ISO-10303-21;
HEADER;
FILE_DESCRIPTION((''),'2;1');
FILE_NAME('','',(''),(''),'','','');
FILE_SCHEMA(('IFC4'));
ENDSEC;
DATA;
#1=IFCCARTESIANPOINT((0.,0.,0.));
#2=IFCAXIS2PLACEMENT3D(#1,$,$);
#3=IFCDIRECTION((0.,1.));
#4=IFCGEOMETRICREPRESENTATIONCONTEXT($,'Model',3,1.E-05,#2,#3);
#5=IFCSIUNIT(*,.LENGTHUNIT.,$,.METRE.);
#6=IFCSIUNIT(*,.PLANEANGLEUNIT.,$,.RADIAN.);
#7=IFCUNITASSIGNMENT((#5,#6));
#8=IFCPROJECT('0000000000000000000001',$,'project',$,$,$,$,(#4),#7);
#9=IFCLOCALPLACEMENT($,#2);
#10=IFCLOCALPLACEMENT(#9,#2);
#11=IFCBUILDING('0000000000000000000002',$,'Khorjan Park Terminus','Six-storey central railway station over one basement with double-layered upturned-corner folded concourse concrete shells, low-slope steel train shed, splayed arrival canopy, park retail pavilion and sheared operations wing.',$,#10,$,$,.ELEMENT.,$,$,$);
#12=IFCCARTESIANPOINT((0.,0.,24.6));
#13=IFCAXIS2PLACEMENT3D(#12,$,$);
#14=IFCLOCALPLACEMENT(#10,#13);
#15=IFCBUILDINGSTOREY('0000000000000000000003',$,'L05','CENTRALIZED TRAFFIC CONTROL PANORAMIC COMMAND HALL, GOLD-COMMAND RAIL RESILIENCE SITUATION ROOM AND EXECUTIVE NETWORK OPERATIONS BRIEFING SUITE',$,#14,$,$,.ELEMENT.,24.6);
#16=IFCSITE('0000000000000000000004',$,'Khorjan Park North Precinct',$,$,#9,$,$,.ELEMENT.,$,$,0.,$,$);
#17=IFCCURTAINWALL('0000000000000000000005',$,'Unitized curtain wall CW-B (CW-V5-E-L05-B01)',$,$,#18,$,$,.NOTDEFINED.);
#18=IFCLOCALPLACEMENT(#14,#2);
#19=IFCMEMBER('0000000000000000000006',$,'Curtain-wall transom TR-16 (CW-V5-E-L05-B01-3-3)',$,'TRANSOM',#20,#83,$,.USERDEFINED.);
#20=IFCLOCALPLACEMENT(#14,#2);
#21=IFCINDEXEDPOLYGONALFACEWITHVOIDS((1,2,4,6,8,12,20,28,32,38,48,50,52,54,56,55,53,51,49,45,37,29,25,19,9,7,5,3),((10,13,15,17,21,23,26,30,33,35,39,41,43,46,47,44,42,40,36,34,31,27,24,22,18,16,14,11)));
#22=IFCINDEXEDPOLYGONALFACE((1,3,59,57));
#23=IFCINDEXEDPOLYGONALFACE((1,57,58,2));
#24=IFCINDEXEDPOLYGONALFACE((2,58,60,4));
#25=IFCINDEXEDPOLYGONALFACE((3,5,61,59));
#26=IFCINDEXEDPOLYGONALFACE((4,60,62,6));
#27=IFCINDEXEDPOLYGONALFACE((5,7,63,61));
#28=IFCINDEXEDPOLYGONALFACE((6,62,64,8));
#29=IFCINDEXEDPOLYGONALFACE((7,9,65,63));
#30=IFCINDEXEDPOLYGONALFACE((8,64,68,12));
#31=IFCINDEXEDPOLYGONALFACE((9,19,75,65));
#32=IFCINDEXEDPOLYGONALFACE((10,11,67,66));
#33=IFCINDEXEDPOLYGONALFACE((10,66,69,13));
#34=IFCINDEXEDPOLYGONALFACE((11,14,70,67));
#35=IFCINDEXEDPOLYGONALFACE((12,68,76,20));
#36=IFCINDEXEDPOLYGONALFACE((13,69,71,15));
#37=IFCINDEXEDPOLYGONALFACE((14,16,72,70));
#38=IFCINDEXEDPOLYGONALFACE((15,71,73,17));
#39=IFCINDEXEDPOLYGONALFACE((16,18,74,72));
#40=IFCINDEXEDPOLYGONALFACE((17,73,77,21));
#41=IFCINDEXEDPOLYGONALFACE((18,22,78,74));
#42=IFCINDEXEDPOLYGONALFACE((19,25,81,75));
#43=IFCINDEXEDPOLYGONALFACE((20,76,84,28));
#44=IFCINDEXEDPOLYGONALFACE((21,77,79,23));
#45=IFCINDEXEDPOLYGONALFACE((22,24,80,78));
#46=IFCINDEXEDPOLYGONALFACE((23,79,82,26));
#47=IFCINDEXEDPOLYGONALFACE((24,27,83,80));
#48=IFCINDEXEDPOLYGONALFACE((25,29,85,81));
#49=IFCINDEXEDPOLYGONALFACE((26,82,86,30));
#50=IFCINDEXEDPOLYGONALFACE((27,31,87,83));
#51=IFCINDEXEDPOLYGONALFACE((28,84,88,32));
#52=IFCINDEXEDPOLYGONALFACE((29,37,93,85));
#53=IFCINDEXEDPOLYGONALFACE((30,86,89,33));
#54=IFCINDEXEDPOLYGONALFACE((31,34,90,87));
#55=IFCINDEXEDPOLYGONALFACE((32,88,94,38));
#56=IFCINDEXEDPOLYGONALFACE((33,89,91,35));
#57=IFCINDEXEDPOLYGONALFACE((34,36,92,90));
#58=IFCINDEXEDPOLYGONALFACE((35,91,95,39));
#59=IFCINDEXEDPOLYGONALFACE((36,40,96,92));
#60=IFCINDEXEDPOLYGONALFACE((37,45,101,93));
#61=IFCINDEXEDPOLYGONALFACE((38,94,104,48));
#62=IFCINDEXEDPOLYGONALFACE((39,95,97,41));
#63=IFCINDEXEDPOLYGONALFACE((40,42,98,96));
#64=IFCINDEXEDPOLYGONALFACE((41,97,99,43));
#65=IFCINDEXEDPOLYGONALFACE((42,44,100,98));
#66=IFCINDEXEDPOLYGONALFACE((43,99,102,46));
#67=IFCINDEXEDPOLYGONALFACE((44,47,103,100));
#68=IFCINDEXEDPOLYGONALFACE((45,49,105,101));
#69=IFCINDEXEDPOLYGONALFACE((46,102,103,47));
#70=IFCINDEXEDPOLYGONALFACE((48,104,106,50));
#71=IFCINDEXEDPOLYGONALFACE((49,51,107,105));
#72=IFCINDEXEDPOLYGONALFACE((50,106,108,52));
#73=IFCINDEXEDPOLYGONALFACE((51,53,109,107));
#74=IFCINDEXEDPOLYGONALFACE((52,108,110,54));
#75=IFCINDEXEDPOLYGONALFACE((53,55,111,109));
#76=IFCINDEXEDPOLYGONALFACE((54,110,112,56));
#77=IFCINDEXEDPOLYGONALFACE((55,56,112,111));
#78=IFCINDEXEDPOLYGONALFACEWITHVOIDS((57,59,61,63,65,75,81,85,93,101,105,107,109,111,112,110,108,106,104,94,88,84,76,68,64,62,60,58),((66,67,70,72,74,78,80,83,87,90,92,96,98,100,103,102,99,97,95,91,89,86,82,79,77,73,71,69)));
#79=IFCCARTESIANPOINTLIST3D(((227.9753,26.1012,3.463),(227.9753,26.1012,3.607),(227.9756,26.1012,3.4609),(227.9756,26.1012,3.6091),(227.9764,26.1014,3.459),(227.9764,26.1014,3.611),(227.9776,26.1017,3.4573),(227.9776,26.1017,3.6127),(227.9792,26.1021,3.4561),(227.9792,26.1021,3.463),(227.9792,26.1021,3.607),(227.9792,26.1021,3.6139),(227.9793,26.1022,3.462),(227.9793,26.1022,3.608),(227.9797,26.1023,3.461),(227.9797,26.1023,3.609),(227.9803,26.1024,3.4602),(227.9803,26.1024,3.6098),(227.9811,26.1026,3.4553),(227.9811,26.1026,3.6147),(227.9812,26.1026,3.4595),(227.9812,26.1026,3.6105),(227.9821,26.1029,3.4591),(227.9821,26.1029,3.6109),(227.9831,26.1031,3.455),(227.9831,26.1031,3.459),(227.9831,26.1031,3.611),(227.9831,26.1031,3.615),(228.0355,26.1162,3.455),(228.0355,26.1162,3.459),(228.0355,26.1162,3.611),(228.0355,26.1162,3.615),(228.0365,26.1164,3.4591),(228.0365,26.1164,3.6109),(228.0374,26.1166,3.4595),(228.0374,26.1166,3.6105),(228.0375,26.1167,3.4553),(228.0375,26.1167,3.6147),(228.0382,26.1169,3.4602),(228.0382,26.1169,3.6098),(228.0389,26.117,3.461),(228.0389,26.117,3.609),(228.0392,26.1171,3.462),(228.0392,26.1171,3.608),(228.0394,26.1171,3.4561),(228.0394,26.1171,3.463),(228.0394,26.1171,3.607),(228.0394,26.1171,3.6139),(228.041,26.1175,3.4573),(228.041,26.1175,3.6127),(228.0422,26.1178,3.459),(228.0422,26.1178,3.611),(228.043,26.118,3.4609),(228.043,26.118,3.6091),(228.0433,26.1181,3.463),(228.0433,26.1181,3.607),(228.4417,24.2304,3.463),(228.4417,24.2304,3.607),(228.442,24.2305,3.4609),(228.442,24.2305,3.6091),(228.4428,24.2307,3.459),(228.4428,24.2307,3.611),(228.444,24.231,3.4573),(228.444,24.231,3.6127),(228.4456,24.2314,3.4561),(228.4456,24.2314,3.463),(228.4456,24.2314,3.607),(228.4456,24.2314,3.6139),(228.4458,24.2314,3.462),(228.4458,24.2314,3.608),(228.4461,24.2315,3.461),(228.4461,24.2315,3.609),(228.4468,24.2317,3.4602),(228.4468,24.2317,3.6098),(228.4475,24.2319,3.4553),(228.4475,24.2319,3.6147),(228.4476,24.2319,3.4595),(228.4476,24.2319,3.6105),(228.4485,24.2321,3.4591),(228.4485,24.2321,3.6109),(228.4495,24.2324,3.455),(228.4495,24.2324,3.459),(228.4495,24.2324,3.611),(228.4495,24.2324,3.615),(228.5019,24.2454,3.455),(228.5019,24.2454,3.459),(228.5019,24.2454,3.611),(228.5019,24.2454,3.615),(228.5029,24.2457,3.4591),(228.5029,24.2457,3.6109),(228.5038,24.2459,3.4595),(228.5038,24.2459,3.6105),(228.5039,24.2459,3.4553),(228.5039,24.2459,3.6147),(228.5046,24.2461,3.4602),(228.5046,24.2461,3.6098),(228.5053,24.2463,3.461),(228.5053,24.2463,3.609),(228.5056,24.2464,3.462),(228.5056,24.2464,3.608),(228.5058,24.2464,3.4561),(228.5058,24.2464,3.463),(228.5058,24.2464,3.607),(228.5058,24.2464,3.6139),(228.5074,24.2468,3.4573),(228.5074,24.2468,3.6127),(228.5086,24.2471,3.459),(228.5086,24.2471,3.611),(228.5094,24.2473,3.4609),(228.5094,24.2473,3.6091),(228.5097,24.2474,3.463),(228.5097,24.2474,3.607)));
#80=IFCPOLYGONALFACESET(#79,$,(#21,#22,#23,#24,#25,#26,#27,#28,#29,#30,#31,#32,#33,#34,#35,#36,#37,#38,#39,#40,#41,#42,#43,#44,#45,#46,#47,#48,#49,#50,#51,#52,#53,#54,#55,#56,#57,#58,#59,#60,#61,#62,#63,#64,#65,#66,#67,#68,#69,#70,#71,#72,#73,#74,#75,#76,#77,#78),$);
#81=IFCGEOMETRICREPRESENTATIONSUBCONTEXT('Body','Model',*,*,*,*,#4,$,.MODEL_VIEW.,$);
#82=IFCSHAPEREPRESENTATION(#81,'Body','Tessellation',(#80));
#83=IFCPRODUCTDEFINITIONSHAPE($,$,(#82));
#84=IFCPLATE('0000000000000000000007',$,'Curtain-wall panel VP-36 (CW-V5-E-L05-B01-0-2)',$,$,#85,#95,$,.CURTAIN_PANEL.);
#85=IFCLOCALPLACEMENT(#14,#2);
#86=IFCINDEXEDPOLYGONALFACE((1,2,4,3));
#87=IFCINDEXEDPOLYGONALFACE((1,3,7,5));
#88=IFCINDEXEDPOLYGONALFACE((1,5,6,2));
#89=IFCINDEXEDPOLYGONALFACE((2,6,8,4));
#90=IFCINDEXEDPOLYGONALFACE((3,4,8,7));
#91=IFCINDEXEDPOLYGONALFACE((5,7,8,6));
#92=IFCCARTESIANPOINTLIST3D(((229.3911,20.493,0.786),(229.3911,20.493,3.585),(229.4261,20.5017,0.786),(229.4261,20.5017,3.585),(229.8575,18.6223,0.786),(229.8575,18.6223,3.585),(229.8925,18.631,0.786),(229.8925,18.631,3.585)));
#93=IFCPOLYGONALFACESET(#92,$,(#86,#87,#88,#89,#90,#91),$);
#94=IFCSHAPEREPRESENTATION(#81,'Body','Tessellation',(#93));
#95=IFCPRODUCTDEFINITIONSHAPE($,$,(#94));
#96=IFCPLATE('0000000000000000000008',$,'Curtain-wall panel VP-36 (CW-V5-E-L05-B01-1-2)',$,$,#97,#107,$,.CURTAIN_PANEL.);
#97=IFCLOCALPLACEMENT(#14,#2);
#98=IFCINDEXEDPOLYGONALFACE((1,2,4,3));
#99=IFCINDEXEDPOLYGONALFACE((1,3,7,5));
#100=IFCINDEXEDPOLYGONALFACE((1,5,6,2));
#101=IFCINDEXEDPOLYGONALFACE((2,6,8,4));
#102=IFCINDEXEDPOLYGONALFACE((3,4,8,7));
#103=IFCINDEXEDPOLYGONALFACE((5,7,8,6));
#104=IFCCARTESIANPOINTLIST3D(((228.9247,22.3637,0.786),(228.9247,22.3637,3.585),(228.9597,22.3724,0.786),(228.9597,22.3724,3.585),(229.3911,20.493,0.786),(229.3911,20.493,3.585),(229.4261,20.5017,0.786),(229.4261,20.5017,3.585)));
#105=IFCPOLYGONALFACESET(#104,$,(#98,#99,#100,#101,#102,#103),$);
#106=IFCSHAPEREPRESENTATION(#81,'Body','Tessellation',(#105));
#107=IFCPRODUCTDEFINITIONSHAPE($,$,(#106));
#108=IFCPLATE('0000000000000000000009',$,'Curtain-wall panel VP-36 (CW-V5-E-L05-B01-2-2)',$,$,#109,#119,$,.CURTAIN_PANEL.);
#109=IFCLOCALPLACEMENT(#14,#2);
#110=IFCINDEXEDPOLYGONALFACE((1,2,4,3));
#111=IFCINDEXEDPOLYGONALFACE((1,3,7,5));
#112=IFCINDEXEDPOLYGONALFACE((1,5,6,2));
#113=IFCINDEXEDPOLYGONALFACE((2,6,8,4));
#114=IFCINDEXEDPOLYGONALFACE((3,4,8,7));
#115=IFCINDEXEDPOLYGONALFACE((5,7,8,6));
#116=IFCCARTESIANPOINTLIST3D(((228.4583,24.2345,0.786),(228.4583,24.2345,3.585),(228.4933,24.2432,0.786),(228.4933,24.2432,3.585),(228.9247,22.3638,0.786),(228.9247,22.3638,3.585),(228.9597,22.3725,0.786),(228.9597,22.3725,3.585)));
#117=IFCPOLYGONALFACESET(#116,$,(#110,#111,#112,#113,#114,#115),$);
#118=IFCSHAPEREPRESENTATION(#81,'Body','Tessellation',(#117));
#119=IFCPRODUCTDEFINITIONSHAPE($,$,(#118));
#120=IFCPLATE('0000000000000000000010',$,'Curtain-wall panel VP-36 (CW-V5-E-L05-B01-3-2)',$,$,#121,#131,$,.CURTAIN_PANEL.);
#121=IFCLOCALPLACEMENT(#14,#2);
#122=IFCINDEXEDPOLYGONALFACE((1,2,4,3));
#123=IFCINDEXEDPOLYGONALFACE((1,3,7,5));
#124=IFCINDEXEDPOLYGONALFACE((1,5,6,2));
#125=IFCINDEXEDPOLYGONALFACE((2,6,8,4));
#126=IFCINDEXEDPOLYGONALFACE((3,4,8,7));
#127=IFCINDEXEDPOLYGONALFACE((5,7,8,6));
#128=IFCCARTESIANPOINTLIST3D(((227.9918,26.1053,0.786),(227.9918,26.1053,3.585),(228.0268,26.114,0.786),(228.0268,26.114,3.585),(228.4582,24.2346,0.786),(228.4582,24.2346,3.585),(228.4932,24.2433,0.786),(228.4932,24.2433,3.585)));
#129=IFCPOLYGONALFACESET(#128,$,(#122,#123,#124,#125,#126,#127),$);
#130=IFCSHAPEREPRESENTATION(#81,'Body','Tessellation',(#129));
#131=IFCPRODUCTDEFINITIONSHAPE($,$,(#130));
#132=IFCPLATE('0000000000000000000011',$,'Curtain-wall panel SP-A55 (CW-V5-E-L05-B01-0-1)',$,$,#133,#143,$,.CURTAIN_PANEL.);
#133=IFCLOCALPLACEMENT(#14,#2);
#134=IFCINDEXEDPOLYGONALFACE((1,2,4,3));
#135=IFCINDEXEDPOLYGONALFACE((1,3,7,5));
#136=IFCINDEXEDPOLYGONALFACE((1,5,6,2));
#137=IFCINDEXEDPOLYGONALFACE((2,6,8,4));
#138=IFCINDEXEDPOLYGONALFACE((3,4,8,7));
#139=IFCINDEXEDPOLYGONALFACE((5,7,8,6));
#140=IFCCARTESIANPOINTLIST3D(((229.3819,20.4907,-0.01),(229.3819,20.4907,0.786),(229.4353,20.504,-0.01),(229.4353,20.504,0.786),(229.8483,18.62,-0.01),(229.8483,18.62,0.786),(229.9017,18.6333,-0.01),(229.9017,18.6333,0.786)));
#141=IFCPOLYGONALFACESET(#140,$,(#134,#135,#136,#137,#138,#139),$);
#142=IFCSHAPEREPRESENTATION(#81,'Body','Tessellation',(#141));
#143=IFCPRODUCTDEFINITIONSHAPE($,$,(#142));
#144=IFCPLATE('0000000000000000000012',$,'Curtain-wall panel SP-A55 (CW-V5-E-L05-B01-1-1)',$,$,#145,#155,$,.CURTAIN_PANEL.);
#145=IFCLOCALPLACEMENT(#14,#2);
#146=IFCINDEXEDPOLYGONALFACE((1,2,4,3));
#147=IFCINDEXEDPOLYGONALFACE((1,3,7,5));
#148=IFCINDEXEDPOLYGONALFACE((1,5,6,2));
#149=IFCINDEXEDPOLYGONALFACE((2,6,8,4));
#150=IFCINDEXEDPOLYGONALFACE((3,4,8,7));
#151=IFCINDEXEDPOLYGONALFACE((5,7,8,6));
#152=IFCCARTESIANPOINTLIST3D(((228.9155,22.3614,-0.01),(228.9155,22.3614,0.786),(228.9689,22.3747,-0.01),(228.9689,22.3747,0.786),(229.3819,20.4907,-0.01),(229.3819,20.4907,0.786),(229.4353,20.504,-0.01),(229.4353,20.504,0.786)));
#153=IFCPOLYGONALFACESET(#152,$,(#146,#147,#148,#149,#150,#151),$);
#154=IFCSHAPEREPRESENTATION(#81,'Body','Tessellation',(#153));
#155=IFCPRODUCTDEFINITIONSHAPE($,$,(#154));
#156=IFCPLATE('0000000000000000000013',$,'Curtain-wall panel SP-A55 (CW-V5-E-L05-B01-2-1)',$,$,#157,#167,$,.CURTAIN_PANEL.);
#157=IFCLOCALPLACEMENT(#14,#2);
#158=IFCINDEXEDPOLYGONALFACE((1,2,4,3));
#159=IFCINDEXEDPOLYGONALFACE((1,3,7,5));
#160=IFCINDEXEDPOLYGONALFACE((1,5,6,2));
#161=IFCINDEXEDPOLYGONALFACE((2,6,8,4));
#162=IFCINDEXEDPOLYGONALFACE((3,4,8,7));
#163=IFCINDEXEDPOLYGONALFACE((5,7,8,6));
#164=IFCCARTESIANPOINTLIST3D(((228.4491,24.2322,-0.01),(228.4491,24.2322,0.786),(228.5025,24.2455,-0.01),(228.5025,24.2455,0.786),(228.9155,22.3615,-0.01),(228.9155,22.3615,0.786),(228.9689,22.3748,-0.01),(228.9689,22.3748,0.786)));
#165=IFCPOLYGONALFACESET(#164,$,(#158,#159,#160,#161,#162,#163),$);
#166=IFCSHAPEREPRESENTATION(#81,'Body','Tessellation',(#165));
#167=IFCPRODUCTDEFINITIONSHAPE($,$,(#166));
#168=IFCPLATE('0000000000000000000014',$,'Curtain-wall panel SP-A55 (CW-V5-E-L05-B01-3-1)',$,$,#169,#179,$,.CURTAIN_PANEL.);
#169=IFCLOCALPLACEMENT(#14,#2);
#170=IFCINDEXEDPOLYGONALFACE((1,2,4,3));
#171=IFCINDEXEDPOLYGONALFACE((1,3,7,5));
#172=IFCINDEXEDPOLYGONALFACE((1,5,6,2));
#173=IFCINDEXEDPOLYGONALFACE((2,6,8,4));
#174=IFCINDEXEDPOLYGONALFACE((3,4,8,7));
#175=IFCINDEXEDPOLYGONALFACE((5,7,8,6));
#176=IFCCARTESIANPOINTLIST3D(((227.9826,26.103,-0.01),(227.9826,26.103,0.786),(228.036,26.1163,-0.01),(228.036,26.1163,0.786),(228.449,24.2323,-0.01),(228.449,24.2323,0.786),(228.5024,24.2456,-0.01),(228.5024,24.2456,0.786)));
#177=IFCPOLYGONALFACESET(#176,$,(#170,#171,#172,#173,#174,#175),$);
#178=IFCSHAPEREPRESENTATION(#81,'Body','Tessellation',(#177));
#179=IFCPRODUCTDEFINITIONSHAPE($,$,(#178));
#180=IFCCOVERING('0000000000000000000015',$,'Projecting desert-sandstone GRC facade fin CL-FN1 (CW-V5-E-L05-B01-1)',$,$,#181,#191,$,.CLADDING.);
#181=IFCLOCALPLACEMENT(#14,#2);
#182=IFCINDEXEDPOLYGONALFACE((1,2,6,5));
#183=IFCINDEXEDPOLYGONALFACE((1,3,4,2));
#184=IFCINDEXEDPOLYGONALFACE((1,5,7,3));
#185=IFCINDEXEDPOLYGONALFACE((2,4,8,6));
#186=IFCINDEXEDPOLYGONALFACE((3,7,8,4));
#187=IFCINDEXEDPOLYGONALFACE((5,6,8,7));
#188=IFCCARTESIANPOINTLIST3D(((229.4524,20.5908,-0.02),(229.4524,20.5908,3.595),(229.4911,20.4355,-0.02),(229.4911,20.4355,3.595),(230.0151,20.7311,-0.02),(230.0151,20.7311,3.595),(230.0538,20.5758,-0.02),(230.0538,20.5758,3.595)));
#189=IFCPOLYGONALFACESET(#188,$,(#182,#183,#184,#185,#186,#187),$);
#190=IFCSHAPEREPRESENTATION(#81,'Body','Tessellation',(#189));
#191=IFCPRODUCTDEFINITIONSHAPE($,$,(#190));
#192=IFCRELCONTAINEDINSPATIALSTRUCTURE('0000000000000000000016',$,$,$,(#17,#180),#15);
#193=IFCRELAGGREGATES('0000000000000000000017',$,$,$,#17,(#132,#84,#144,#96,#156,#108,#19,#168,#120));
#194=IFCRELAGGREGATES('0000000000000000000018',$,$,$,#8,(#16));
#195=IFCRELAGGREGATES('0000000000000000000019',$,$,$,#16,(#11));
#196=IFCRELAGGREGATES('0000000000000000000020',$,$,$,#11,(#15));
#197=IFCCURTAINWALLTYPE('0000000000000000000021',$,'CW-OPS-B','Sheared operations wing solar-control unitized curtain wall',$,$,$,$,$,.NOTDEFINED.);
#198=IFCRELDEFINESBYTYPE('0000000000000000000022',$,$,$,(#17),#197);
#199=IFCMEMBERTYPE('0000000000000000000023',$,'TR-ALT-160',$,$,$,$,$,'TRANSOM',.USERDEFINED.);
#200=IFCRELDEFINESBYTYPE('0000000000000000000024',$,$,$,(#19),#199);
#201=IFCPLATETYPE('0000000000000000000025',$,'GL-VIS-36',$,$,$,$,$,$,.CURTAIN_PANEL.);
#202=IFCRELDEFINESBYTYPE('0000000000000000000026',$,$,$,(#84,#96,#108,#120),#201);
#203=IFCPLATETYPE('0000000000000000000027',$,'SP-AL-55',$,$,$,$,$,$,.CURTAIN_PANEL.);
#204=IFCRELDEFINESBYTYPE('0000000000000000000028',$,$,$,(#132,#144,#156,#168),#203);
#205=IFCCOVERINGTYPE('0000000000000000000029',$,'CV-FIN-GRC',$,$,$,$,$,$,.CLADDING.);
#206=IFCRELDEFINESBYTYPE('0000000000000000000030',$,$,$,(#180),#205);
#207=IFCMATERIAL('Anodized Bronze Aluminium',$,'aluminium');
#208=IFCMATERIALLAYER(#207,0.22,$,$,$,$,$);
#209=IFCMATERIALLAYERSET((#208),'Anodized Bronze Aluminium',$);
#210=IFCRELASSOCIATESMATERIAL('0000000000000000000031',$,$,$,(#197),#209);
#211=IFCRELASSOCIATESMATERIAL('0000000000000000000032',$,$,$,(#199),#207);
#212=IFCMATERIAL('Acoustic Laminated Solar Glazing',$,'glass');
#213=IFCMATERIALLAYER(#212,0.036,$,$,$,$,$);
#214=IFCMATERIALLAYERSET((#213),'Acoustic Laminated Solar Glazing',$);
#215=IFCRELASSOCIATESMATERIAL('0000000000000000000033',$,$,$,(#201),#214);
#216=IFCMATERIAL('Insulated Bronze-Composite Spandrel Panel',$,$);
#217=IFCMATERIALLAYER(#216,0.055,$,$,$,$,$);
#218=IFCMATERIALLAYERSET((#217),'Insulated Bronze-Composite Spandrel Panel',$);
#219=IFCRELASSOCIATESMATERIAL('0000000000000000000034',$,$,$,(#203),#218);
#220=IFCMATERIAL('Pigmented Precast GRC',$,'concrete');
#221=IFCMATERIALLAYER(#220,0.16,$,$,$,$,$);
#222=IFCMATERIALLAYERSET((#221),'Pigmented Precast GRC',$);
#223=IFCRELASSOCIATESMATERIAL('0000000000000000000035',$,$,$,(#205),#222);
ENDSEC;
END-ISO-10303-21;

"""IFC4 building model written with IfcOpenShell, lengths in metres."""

from ifc_helpers import new_model, si_unit, direction, frame, origin, origin_2d, place, context, subcontext, project, spatial, rectangle, hollow_rectangle, extrude, material, layer, layer_set, material_profile, profile_set, type_object, element, aggregate, save


model = new_model("IFC4")

# Units and contexts
model_context = context("Model", 3, precision=1e-05, world=origin(), true_north=direction((0.0, 1.0)))
body_context = subcontext(model_context, "Body", "Model", "MODEL_VIEW")
ifc_project = project(units=[si_unit("LENGTHUNIT", "METRE"), si_unit("PLANEANGLEUNIT", "RADIAN")], contexts=[model_context])

# Site, building, storey
site_placement = place(None, origin())
site = spatial("IfcSite", under=ifc_project, at=site_placement, Name="Khorjan Park North Precinct", CompositionType="ELEMENT", RefElevation=0.0)
building_placement = place(site_placement, origin())
building = spatial("IfcBuilding", under=site, at=building_placement, Name="Khorjan Park Terminus", Description="Six-storey central railway station over one basement with double-layered upturned-corner folded concourse concrete shells, low-slope steel train shed, splayed arrival canopy, park retail pavilion and sheared operations wing.", CompositionType="ELEMENT")
storey_placement = place(building_placement, frame((0.0, 0.0, 24.6)))
storey = spatial("IfcBuildingStorey", under=building, at=storey_placement, Name="L05", Description="CENTRALIZED TRAFFIC CONTROL PANORAMIC COMMAND HALL, GOLD-COMMAND RAIL RESILIENCE SITUATION ROOM AND EXECUTIVE NETWORK OPERATIONS BRIEFING SUITE", CompositionType="ELEMENT", Elevation=24.6)

# Curtain wall, member, plates
ifc_material_1 = material(Name="Anodized Bronze Aluminium", Category="aluminium")
ifc_layer_1 = layer(ifc_material_1, 0.22)
ifc_layer_set_1 = layer_set([ifc_layer_1], Name="Anodized Bronze Aluminium")
curtain_wall_type = type_object("IfcCurtainWallType", Name="CW-OPS-B", Description="Sheared operations wing solar-control unitized curtain wall", PredefinedType="NOTDEFINED", material=ifc_layer_set_1)
curtain_wall_placement = place(storey_placement, origin())
curtain_wall = element("IfcCurtainWall", 1, at=curtain_wall_placement, inside=storey, type_object=curtain_wall_type, Name="Unitized curtain wall CW-B (CW-V5-E-L05-B01)", PredefinedType="NOTDEFINED")
ifc_material_profile_1 = material_profile(ifc_material_1, hollow_rectangle(XDim=0.07, YDim=0.16, WallThickness=0.004, InnerFilletRadius=0.004, OuterFilletRadius=0.008, at=origin_2d()), Name="ALT 70x160x4")
ifc_profile_set_1 = profile_set([ifc_material_profile_1], Name="Anodized Bronze Aluminium")
member_type_1 = type_object("IfcMemberType", Name="TR-ALT-160", ElementType="TRANSOM", PredefinedType="USERDEFINED", material=ifc_profile_set_1)
member_1_placement = place(storey_placement, frame((228.4757, 24.2389, 3.535), z_axis=(-0.241913, 0.970298, 0.0), x_axis=(-0.970298, -0.241913, 0.0)))
member_1 = element("IfcMember", 2, at=member_1_placement, type_object=member_type_1, Name="Curtain-wall transom TR-16 (CW-V5-E-L05-B01-3-3)", ObjectType="TRANSOM", PredefinedType="USERDEFINED", context=body_context, shape_type="SweptSolid", body=[
    extrude(hollow_rectangle(XDim=0.07, YDim=0.16, WallThickness=0.004, InnerFilletRadius=0.004, OuterFilletRadius=0.008, at=origin_2d()), origin(), (0.0, 0.0, 1.0), 1.928),
])
ifc_material_2 = material(Name="Acoustic Laminated Solar Glazing", Category="glass")
ifc_layer_2 = layer(ifc_material_2, 0.036)
ifc_layer_set_2 = layer_set([ifc_layer_2], Name="Acoustic Laminated Solar Glazing")
plate_type_1 = type_object("IfcPlateType", Name="GL-VIS-36", PredefinedType="CURTAIN_PANEL", material=ifc_layer_set_2)
plate_1_placement = place(storey_placement, frame((229.6418, 19.562, 0.786), z_axis=(0.0, 0.0, 1.0), x_axis=(-0.24192, 0.970296, 0.0)))
plate_1 = element("IfcPlate", 3, at=plate_1_placement, type_object=plate_type_1, Name="Curtain-wall panel VP-36 (CW-V5-E-L05-B01-0-2)", PredefinedType="CURTAIN_PANEL", context=body_context, shape_type="SweptSolid", body=[
    extrude(rectangle(XDim=1.928, YDim=0.036, at=origin_2d()), origin(), (0.0, 0.0, 1.0), 2.799),
])
plate_2_placement = place(storey_placement, frame((229.1754, 21.4327, 0.786), z_axis=(0.0, 0.0, 1.0), x_axis=(-0.24192, 0.970296, 0.0)))
plate_2 = element("IfcPlate", 4, at=plate_2_placement, type_object=plate_type_1, Name="Curtain-wall panel VP-36 (CW-V5-E-L05-B01-1-2)", PredefinedType="CURTAIN_PANEL", context=body_context, shape_type="SweptSolid", body=[
    extrude(rectangle(XDim=1.928, YDim=0.036, at=origin_2d()), origin(), (0.0, 0.0, 1.0), 2.799),
])
plate_3_placement = place(storey_placement, frame((228.709, 23.3035, 0.786), z_axis=(0.0, 0.0, 1.0), x_axis=(-0.24192, 0.970296, 0.0)))
plate_3 = element("IfcPlate", 5, at=plate_3_placement, type_object=plate_type_1, Name="Curtain-wall panel VP-36 (CW-V5-E-L05-B01-2-2)", PredefinedType="CURTAIN_PANEL", context=body_context, shape_type="SweptSolid", body=[
    extrude(rectangle(XDim=1.928, YDim=0.036, at=origin_2d()), origin(), (0.0, 0.0, 1.0), 2.799),
])
plate_4_placement = place(storey_placement, frame((228.2425, 25.1743, 0.786), z_axis=(0.0, 0.0, 1.0), x_axis=(-0.24192, 0.970296, 0.0)))
plate_4 = element("IfcPlate", 6, at=plate_4_placement, type_object=plate_type_1, Name="Curtain-wall panel VP-36 (CW-V5-E-L05-B01-3-2)", PredefinedType="CURTAIN_PANEL", context=body_context, shape_type="SweptSolid", body=[
    extrude(rectangle(XDim=1.928, YDim=0.036, at=origin_2d()), origin(), (0.0, 0.0, 1.0), 2.799),
])
ifc_material_3 = material(Name="Insulated Bronze-Composite Spandrel Panel")
ifc_layer_3 = layer(ifc_material_3, 0.055)
ifc_layer_set_3 = layer_set([ifc_layer_3], Name="Insulated Bronze-Composite Spandrel Panel")
plate_type_2 = type_object("IfcPlateType", Name="SP-AL-55", PredefinedType="CURTAIN_PANEL", material=ifc_layer_set_3)
plate_5_placement = place(storey_placement, frame((229.6418, 19.562, -0.01), z_axis=(0.0, 0.0, 1.0), x_axis=(-0.24192, 0.970296, 0.0)))
plate_5 = element("IfcPlate", 7, at=plate_5_placement, type_object=plate_type_2, Name="Curtain-wall panel SP-A55 (CW-V5-E-L05-B01-0-1)", PredefinedType="CURTAIN_PANEL", context=body_context, shape_type="SweptSolid", body=[
    extrude(rectangle(XDim=1.928, YDim=0.055, at=origin_2d()), origin(), (0.0, 0.0, 1.0), 0.796),
])
plate_6_placement = place(storey_placement, frame((229.1754, 21.4327, -0.01), z_axis=(0.0, 0.0, 1.0), x_axis=(-0.24192, 0.970296, 0.0)))
plate_6 = element("IfcPlate", 8, at=plate_6_placement, type_object=plate_type_2, Name="Curtain-wall panel SP-A55 (CW-V5-E-L05-B01-1-1)", PredefinedType="CURTAIN_PANEL", context=body_context, shape_type="SweptSolid", body=[
    extrude(rectangle(XDim=1.928, YDim=0.055, at=origin_2d()), origin(), (0.0, 0.0, 1.0), 0.796),
])
plate_7_placement = place(storey_placement, frame((228.709, 23.3035, -0.01), z_axis=(0.0, 0.0, 1.0), x_axis=(-0.24192, 0.970296, 0.0)))
plate_7 = element("IfcPlate", 9, at=plate_7_placement, type_object=plate_type_2, Name="Curtain-wall panel SP-A55 (CW-V5-E-L05-B01-2-1)", PredefinedType="CURTAIN_PANEL", context=body_context, shape_type="SweptSolid", body=[
    extrude(rectangle(XDim=1.928, YDim=0.055, at=origin_2d()), origin(), (0.0, 0.0, 1.0), 0.796),
])
plate_8_placement = place(storey_placement, frame((228.2425, 25.1743, -0.01), z_axis=(0.0, 0.0, 1.0), x_axis=(-0.24192, 0.970296, 0.0)))
plate_8 = element("IfcPlate", 10, at=plate_8_placement, type_object=plate_type_2, Name="Curtain-wall panel SP-A55 (CW-V5-E-L05-B01-3-1)", PredefinedType="CURTAIN_PANEL", context=body_context, shape_type="SweptSolid", body=[
    extrude(rectangle(XDim=1.928, YDim=0.055, at=origin_2d()), origin(), (0.0, 0.0, 1.0), 0.796),
])
aggregate(curtain_wall, [plate_5, plate_1, plate_6, plate_2, plate_7, plate_3, member_1, plate_8, plate_4])

# Covering
ifc_material_4 = material(Name="Pigmented Precast GRC", Category="concrete")
ifc_layer_4 = layer(ifc_material_4, 0.16)
ifc_layer_set_4 = layer_set([ifc_layer_4], Name="Pigmented Precast GRC")
covering_type = type_object("IfcCoveringType", Name="CV-FIN-GRC", PredefinedType="CLADDING", material=ifc_layer_set_4)
covering_placement = place(storey_placement, frame((229.7531, 20.5833, -0.02), z_axis=(0.0, 0.0, 1.0), x_axis=(-0.970296, -0.241922, 0.0)))
element("IfcCovering", 11, at=covering_placement, inside=storey, type_object=covering_type, Name="Projecting desert-sandstone GRC facade fin CL-FN1 (CW-V5-E-L05-B01-1)", PredefinedType="CLADDING", context=body_context, shape_type="SweptSolid", body=[
    extrude(rectangle(XDim=0.58, YDim=0.16, at=origin_2d()), origin(), (0.0, 0.0, 1.0), 3.615),
])

save(model, "model.ifc")
